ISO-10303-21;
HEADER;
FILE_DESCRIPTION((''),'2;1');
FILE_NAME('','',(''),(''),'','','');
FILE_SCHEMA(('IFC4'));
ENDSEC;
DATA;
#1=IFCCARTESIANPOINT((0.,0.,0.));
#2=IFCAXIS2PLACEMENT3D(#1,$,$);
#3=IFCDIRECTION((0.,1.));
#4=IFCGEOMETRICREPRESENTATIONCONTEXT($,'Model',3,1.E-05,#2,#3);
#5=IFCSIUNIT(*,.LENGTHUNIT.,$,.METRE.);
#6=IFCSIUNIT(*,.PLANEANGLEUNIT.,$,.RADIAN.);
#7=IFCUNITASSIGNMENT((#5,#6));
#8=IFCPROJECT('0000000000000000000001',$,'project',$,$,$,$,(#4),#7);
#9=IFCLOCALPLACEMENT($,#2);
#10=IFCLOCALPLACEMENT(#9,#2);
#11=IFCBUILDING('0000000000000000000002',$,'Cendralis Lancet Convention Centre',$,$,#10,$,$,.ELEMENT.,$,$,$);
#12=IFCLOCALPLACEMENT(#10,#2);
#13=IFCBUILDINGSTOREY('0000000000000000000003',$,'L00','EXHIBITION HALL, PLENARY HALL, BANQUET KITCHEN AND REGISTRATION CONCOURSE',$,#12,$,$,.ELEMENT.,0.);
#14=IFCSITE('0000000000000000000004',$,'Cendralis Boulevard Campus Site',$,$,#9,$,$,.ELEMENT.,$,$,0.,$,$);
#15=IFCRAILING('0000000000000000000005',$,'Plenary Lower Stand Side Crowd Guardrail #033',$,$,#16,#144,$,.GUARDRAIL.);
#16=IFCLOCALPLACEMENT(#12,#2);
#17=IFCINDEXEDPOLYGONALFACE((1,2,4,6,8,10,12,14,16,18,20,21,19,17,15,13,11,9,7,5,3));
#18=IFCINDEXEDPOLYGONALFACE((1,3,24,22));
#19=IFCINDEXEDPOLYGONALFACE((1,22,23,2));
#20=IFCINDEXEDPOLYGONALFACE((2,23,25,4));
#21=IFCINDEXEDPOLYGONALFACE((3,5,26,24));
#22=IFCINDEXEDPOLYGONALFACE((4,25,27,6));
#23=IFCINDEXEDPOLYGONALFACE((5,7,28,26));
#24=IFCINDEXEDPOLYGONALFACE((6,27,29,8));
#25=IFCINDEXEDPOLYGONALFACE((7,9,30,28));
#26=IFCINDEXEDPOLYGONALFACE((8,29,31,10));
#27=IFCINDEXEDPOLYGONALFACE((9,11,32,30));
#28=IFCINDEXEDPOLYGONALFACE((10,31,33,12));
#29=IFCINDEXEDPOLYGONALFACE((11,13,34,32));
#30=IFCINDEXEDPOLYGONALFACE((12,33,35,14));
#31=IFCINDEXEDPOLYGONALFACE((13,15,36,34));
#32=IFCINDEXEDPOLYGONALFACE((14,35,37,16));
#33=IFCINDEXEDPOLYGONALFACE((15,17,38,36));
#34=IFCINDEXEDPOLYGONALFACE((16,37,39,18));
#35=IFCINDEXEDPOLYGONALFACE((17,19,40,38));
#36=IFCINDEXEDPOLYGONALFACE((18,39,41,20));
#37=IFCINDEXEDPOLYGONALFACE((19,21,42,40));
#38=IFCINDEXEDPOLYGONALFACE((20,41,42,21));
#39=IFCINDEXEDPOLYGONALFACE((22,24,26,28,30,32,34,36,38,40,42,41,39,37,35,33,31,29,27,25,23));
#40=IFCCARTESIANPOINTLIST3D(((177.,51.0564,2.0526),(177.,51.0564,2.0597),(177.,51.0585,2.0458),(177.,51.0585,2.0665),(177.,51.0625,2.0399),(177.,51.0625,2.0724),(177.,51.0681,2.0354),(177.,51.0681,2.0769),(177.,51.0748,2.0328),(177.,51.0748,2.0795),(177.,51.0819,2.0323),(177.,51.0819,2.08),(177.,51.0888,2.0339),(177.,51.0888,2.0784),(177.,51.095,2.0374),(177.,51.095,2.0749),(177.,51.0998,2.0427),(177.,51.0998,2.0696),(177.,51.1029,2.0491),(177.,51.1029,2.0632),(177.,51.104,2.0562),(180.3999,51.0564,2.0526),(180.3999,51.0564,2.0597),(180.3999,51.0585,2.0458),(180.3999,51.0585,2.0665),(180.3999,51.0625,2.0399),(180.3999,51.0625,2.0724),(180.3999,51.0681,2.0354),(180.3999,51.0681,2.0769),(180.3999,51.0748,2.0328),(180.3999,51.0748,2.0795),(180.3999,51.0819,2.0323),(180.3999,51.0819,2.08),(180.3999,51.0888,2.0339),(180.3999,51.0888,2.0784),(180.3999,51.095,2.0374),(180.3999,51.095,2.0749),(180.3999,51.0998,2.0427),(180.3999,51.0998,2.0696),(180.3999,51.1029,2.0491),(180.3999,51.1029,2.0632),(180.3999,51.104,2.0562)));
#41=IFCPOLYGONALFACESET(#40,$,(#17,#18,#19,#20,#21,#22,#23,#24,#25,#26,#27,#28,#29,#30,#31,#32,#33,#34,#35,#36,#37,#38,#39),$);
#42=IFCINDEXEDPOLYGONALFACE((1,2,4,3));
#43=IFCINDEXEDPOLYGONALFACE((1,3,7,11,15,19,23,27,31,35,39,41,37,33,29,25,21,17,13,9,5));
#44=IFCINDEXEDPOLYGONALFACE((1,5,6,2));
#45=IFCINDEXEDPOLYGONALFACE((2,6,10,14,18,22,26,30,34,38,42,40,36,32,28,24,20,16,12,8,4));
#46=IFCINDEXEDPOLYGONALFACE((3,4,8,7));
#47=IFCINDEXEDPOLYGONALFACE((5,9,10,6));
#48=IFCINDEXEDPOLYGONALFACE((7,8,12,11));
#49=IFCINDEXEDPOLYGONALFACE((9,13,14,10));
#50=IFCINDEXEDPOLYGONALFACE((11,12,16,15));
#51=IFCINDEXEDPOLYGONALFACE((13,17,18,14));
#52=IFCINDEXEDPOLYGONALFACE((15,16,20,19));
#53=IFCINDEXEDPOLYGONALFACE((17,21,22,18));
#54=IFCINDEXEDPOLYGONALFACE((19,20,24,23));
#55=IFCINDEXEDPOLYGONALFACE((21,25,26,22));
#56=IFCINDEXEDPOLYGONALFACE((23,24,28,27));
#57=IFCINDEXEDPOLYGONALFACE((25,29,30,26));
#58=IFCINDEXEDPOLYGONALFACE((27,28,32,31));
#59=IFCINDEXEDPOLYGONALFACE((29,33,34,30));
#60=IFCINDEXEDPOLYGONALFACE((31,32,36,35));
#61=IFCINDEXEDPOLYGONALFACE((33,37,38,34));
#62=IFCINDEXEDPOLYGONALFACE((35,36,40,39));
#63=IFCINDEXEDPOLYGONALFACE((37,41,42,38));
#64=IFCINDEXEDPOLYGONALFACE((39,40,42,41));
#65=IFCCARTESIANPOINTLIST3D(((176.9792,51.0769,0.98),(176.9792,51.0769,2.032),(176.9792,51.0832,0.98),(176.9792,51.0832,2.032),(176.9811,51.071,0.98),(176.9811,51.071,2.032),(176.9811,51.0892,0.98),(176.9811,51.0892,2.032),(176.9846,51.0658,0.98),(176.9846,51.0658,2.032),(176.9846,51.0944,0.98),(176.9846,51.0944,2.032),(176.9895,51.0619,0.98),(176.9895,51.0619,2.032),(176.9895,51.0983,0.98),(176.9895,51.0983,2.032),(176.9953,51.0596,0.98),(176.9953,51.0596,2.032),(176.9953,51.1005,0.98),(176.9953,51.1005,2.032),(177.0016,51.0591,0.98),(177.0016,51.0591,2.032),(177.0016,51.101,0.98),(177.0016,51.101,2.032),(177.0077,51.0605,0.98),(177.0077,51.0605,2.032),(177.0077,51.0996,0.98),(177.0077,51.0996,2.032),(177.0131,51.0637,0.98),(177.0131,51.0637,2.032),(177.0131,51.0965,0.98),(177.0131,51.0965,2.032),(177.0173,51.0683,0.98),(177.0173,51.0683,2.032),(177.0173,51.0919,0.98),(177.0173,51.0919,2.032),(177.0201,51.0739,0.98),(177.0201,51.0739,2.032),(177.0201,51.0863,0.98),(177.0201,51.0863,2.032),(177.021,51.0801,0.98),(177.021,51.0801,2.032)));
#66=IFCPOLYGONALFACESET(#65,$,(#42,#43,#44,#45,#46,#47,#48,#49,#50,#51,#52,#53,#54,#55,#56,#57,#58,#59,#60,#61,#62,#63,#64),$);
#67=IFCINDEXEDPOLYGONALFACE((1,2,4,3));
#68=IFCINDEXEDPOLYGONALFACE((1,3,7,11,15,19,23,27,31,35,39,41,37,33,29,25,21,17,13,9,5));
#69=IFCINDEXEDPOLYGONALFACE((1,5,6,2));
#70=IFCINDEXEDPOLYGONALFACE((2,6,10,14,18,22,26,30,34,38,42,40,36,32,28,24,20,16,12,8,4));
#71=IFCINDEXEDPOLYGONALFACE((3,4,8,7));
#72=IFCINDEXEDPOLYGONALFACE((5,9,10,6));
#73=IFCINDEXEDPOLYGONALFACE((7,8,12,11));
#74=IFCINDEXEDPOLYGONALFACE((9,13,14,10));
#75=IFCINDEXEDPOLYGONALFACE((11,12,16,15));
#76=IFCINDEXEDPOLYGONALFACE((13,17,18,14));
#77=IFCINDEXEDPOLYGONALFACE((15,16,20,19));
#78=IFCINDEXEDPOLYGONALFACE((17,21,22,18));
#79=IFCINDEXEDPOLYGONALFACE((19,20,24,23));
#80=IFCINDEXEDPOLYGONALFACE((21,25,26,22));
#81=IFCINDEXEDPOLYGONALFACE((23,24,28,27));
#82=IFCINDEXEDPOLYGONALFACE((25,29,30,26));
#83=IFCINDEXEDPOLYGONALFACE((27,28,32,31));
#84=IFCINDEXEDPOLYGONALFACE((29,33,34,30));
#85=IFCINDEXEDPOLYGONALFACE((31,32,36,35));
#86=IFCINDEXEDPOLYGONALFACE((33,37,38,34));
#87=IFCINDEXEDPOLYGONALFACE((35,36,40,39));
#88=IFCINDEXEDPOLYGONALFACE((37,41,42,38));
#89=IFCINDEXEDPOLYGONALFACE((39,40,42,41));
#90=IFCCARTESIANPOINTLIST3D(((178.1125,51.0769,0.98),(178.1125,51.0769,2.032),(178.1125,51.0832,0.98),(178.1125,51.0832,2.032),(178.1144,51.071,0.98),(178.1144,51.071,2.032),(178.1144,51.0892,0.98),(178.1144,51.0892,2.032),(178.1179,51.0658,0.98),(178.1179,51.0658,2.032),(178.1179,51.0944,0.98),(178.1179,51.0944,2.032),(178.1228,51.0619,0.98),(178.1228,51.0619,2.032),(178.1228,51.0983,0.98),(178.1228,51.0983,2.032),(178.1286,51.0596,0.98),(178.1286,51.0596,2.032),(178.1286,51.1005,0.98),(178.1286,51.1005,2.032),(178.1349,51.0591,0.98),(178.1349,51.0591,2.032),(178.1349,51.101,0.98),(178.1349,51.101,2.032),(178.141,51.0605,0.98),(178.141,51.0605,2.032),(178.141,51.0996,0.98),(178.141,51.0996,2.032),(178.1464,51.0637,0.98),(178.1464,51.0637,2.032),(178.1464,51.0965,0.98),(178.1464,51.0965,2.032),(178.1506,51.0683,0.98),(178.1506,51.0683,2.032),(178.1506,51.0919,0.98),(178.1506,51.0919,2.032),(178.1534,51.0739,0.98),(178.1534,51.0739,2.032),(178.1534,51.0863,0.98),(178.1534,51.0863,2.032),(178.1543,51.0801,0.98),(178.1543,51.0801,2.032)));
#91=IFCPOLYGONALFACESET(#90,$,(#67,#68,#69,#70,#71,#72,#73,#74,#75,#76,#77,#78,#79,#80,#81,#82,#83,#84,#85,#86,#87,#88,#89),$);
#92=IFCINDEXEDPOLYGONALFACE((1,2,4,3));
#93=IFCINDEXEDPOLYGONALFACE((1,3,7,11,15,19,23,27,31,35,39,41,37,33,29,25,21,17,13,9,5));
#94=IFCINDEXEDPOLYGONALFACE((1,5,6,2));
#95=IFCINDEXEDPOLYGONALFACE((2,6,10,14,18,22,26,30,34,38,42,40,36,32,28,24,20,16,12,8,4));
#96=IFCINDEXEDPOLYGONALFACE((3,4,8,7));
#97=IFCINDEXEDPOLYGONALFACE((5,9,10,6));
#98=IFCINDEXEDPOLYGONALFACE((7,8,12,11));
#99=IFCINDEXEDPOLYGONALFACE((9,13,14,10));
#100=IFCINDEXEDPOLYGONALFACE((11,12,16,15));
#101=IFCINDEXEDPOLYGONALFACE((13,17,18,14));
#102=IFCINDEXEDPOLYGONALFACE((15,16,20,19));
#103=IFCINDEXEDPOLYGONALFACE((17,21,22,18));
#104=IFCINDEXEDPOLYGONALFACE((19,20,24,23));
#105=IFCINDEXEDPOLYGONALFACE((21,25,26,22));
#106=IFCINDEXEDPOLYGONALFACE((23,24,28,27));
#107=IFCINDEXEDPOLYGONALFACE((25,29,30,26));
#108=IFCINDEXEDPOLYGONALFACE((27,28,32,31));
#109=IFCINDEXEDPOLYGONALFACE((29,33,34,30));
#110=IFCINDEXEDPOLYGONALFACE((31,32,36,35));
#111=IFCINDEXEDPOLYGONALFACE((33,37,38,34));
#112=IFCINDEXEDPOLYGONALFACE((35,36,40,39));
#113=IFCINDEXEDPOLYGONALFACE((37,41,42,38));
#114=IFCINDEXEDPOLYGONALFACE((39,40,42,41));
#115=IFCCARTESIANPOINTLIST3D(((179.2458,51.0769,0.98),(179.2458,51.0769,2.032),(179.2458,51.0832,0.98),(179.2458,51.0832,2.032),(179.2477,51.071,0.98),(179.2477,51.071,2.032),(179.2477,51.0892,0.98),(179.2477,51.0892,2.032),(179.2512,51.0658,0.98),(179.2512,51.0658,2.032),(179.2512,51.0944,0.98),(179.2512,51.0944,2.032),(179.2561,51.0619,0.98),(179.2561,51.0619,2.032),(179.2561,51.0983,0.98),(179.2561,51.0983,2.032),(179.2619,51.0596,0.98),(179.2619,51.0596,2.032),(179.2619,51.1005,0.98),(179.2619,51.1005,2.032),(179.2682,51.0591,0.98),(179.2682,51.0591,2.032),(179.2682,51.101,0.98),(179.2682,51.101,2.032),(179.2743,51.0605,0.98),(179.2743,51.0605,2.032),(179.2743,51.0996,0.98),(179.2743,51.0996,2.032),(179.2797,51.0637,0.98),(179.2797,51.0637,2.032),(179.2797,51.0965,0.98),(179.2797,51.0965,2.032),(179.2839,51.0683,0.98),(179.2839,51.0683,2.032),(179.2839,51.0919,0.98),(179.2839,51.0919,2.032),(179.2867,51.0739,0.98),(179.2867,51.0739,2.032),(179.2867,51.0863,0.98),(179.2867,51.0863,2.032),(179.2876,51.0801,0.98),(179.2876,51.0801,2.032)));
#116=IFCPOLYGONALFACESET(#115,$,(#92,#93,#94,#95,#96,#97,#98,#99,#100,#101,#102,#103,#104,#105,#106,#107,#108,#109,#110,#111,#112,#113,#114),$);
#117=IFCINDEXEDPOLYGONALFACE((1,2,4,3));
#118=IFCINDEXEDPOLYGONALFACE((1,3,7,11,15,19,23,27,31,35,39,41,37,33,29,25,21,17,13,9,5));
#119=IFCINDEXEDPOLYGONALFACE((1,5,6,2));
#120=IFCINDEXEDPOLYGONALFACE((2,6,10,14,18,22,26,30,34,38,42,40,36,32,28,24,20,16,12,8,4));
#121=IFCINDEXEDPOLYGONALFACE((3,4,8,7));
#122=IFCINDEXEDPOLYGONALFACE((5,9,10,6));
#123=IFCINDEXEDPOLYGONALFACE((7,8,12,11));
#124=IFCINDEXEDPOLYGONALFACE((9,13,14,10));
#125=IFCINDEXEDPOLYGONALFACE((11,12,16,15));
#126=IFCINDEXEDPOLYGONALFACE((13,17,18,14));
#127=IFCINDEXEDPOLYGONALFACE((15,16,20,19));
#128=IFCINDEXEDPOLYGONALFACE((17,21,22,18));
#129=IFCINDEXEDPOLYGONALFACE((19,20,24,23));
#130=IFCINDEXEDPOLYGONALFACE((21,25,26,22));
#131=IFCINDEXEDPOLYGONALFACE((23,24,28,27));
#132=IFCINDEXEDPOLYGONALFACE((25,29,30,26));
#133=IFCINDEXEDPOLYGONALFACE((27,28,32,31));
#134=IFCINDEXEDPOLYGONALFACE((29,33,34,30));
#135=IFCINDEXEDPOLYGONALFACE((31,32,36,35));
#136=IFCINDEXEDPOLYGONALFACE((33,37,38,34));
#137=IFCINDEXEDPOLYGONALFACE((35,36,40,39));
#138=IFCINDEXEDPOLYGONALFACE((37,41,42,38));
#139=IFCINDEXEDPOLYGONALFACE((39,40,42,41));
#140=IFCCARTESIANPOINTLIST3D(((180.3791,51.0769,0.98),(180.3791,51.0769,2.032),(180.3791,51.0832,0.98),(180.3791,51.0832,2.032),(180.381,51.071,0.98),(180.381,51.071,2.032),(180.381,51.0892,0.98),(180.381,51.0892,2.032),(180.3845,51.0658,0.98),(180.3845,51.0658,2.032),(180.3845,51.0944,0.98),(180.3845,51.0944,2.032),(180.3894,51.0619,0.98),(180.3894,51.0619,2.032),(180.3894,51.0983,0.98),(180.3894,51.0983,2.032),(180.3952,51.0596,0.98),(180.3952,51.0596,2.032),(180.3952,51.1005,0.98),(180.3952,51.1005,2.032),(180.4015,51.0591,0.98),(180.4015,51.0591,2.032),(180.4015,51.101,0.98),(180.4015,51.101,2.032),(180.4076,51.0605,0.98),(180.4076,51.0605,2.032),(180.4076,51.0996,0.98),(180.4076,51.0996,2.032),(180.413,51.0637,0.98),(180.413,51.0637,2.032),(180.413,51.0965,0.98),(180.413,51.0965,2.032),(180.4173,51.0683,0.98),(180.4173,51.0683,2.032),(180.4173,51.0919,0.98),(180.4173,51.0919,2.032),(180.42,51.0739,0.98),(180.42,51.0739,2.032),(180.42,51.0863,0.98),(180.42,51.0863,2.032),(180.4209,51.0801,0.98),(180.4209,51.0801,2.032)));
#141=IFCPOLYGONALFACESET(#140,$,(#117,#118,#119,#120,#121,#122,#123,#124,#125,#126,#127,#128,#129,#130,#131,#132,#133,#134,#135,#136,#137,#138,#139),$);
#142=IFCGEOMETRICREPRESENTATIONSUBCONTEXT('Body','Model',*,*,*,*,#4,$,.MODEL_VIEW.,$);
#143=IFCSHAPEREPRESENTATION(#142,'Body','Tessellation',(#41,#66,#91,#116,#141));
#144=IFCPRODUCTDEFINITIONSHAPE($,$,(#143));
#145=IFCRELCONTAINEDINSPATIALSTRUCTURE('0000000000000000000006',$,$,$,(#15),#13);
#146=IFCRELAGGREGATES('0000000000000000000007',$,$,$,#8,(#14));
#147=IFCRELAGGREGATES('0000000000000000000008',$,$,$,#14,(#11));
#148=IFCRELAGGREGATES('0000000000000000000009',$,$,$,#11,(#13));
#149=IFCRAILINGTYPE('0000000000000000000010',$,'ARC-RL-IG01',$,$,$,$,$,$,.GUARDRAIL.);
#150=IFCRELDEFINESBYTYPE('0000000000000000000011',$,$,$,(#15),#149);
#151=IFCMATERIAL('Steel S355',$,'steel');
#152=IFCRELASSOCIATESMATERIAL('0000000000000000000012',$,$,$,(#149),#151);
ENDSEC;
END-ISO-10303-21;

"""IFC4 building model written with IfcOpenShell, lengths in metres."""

from ifc_helpers import new_model, si_unit, direction, frame, origin, origin_2d, place, context, subcontext, project, spatial, circle, extrude, material, type_object, element, save


model = new_model("IFC4")

# Units and contexts
model_context = context("Model", 3, precision=1e-05, world=origin(), true_north=direction((0.0, 1.0)))
body_context = subcontext(model_context, "Body", "Model", "MODEL_VIEW")
ifc_project = project(units=[si_unit("LENGTHUNIT", "METRE"), si_unit("PLANEANGLEUNIT", "RADIAN")], contexts=[model_context])

# Site, building, storey
site_placement = place(None, origin())
site = spatial("IfcSite", under=ifc_project, at=site_placement, Name="Cendralis Boulevard Campus Site", CompositionType="ELEMENT", RefElevation=0.0)
building_placement = place(site_placement, origin())
building = spatial("IfcBuilding", under=site, at=building_placement, Name="Cendralis Lancet Convention Centre", CompositionType="ELEMENT")
storey_placement = place(building_placement, origin())
storey = spatial("IfcBuildingStorey", under=building, at=storey_placement, Name="L00", Description="EXHIBITION HALL, PLENARY HALL, BANQUET KITCHEN AND REGISTRATION CONCOURSE", CompositionType="ELEMENT", Elevation=0.0)

# Shared definitions
ifc_material_1 = material(Name="Steel S355", Category="steel")

# Railing
railing_type_1 = type_object("IfcRailingType", Name="ARC-RL-IG01", PredefinedType="GUARDRAIL", material=ifc_material_1)
railing_placement = place(storey_placement, frame((177.0, 51.0801, 0.98)))
element("IfcRailing", 1, at=railing_placement, inside=storey, type_object=railing_type_1, Name="Plenary Lower Stand Side Crowd Guardrail #033", PredefinedType="GUARDRAIL", context=body_context, shape_type="SweptSolid", body=[
    extrude(circle(Radius=0.0239, at=origin_2d()), frame((0.0, 0.0, 1.0762), z_axis=(1.0, 0.0, 0.0), x_axis=(0.0, 1.0, 0.0)), (0.0, 0.0, 1.0), 3.3999),
    extrude(circle(Radius=0.021, at=origin_2d()), origin(), (0.0, 0.0, 1.0), 1.052),
    extrude(circle(Radius=0.021, at=origin_2d()), frame((1.1333, 0.0, 0.0)), (0.0, 0.0, 1.0), 1.052),
    extrude(circle(Radius=0.021, at=origin_2d()), frame((2.2666, 0.0, 0.0)), (0.0, 0.0, 1.0), 1.052),
    extrude(circle(Radius=0.021, at=origin_2d()), frame((3.3999, 0.0, 0.0)), (0.0, 0.0, 1.0), 1.052),
])

save(model, "model.ifc")
